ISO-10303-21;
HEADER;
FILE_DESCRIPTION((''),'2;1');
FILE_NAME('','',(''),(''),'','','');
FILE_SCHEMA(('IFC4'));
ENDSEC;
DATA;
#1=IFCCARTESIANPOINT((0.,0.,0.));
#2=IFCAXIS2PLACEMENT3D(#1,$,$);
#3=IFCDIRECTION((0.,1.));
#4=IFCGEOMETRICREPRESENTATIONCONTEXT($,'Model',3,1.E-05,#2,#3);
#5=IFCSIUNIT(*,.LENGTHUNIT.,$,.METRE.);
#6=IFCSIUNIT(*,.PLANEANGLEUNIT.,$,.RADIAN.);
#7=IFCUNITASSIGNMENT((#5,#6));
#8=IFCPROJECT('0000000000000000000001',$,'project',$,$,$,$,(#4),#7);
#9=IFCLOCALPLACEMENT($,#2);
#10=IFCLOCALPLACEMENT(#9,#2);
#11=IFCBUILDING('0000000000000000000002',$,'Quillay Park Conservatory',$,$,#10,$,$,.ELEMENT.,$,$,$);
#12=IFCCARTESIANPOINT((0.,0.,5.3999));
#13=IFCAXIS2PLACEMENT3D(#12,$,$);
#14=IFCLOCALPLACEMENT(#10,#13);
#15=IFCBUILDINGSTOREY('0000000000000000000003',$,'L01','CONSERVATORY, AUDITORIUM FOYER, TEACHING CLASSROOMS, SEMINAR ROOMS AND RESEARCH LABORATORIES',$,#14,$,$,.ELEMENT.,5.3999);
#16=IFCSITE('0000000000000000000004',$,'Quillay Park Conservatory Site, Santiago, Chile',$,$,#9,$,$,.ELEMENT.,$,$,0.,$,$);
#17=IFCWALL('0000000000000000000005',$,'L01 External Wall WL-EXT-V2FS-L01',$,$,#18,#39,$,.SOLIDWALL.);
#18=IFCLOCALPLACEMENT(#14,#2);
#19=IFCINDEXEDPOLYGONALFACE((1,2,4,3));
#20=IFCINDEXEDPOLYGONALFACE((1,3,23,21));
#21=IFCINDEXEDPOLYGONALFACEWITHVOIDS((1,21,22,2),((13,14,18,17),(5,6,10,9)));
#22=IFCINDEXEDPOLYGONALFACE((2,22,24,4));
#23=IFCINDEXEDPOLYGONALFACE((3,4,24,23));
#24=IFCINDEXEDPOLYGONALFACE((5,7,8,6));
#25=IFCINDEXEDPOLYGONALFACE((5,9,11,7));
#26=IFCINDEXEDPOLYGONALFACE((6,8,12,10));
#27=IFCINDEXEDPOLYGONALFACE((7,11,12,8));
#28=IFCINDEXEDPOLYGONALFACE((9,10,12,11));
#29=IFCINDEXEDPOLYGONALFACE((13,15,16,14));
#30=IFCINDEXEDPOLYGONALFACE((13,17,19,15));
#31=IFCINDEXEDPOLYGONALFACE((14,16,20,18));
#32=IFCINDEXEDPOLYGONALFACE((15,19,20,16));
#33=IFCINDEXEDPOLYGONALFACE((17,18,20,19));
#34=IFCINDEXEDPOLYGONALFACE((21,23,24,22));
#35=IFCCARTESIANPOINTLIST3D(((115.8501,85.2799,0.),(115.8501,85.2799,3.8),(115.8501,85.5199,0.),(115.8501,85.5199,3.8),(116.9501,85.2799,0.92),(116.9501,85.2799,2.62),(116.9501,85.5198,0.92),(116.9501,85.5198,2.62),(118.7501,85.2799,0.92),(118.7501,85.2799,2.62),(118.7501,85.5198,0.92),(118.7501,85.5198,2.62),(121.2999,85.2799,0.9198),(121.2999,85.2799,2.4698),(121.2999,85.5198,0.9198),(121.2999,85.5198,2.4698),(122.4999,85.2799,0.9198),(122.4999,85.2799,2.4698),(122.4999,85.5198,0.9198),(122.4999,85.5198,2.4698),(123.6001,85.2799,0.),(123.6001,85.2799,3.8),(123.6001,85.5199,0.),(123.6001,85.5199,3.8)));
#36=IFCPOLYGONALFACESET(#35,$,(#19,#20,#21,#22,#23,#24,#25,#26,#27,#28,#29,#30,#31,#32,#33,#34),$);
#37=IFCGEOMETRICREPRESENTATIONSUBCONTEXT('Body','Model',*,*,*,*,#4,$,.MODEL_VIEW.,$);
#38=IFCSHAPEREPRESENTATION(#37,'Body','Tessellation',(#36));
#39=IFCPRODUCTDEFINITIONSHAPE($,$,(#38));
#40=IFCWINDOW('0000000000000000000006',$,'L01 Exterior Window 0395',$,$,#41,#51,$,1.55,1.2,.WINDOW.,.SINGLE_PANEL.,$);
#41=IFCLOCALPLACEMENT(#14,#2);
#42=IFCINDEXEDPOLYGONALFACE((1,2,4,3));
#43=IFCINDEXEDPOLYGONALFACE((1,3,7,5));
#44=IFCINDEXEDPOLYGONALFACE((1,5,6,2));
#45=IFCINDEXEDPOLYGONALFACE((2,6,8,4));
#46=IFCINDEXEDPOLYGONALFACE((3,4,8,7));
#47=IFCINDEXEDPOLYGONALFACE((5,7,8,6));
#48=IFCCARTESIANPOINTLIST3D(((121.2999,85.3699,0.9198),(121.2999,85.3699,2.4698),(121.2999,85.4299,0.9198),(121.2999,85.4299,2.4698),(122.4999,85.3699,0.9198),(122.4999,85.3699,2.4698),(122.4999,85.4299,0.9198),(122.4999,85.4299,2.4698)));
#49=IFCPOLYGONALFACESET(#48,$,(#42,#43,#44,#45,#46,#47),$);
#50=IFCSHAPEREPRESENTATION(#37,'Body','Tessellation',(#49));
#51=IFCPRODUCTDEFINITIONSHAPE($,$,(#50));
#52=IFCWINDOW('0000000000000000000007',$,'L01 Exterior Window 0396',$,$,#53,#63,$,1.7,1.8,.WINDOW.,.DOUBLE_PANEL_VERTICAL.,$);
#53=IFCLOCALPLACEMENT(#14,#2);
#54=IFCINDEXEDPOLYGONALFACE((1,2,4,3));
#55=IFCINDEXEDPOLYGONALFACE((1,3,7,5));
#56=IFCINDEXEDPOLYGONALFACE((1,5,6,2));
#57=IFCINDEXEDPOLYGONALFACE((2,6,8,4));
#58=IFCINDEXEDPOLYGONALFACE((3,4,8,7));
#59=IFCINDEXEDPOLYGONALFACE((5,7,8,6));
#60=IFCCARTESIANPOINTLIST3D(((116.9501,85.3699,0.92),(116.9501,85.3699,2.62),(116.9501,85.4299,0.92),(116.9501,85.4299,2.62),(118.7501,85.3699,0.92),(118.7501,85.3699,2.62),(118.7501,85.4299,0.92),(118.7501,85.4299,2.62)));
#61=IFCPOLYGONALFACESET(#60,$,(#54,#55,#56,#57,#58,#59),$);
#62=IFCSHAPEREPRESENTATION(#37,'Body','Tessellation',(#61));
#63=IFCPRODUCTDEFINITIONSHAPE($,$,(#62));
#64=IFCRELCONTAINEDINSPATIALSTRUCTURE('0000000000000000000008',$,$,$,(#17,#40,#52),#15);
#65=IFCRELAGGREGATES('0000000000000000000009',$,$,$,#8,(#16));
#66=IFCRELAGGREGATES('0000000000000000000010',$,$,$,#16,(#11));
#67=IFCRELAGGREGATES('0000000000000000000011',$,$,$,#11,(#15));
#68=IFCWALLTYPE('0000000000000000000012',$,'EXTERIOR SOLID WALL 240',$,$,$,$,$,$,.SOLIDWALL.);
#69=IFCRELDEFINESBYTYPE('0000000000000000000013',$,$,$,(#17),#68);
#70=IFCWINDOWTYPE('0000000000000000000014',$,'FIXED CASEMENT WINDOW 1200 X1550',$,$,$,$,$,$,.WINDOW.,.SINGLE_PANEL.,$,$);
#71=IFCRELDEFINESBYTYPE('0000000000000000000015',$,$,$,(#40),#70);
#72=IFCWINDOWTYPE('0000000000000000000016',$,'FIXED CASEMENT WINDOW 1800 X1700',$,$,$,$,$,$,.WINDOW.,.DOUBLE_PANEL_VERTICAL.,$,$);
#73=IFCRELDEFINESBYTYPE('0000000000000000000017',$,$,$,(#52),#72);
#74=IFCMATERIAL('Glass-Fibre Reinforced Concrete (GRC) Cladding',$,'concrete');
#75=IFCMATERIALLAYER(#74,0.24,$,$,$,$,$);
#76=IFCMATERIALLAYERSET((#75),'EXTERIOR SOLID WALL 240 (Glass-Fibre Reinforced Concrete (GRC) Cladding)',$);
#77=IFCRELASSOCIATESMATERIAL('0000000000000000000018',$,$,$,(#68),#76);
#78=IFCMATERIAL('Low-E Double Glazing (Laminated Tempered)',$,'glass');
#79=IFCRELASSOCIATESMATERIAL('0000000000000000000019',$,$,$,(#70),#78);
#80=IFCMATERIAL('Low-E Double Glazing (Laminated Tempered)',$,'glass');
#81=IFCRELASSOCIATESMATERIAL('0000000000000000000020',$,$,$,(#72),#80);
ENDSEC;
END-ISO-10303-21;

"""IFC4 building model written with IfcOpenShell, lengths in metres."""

from ifc_helpers import new_model, si_unit, direction, frame, frame_2d, origin, place, context, subcontext, project, spatial, rectangle, extrude, material, layer, layer_set, type_object, element, fill, save


model = new_model("IFC4")

# Units and contexts
model_context = context("Model", 3, precision=1e-05, world=origin(), true_north=direction((0.0, 1.0)))
body_context = subcontext(model_context, "Body", "Model", "MODEL_VIEW")
ifc_project = project(units=[si_unit("LENGTHUNIT", "METRE"), si_unit("PLANEANGLEUNIT", "RADIAN")], contexts=[model_context])

# Site, building, storey
site_placement = place(None, origin())
site = spatial("IfcSite", under=ifc_project, at=site_placement, Name="Quillay Park Conservatory Site, Santiago, Chile", CompositionType="ELEMENT", RefElevation=0.0)
building_placement = place(site_placement, origin())
building = spatial("IfcBuilding", under=site, at=building_placement, Name="Quillay Park Conservatory", CompositionType="ELEMENT")
storey_placement = place(building_placement, frame((0.0, 0.0, 5.3999)))
storey = spatial("IfcBuildingStorey", under=building, at=storey_placement, Name="L01", Description="CONSERVATORY, AUDITORIUM FOYER, TEACHING CLASSROOMS, SEMINAR ROOMS AND RESEARCH LABORATORIES", CompositionType="ELEMENT", Elevation=5.3999)

# Wall, openings, windows
ifc_material_1 = material(Name="Glass-Fibre Reinforced Concrete (GRC) Cladding", Category="concrete")
ifc_layer_1 = layer(ifc_material_1, 0.24)
ifc_layer_set_1 = layer_set([ifc_layer_1], Name="EXTERIOR SOLID WALL 240 (Glass-Fibre Reinforced Concrete (GRC) Cladding)")
wall_type_1 = type_object("IfcWallType", Name="EXTERIOR SOLID WALL 240", PredefinedType="SOLIDWALL", material=ifc_layer_set_1)
wall_1_placement = place(storey_placement, frame((123.6001, 85.3999, 0.0), z_axis=(0.0, 0.0, 1.0), x_axis=(-1.0, 0.0, 0.0)))
wall_1 = element("IfcWall", 1, at=wall_1_placement, inside=storey, type_object=wall_type_1, Name="L01 External Wall WL-EXT-V2FS-L01", PredefinedType="SOLIDWALL", context=body_context, shape_type="SweptSolid", body=[
    extrude(rectangle(XDim=7.75, YDim=0.24, at=frame_2d((3.875, 0.0))), origin(), (0.0, 0.0, 1.0), 3.8),
])
opening_1_placement = place(wall_1_placement, frame((1.1001, 0.0, 0.9199)))
opening_1 = element("IfcOpeningElement", 2, at=opening_1_placement, cuts=wall_1, PredefinedType="OPENING", context=body_context, shape_type="SweptSolid", body=[
    extrude(rectangle(XDim=1.2, YDim=1.55, at=frame_2d((0.6001, 0.7749))), frame((0.0, 0.1201, 0.0), z_axis=(0.0, -1.0, 0.0), x_axis=(1.0, 0.0, 0.0)), (0.0, 0.0, 1.0), 0.24),
])
opening_2_placement = place(wall_1_placement, frame((4.8501, 0.0, 0.9199)))
opening_2 = element("IfcOpeningElement", 3, at=opening_2_placement, cuts=wall_1, PredefinedType="OPENING", context=body_context, shape_type="SweptSolid", body=[
    extrude(rectangle(XDim=1.8, YDim=1.7, at=frame_2d((0.8999, 0.8501))), frame((0.0, 0.1201, 0.0), z_axis=(0.0, -1.0, 0.0), x_axis=(1.0, 0.0, 0.0)), (0.0, 0.0, 1.0), 0.24),
])
ifc_material_2 = material(Name="Low-E Double Glazing (Laminated Tempered)", Category="glass")
window_type_1 = type_object("IfcWindowType", Name="FIXED CASEMENT WINDOW 1200 X1550", PartitioningType="SINGLE_PANEL", PredefinedType="WINDOW", material=ifc_material_2)
window_1_placement = place(opening_1_placement, origin())
window_1 = element("IfcWindow", 4, at=window_1_placement, inside=storey, type_object=window_type_1, Name="L01 Exterior Window 0395", OverallHeight=1.55, OverallWidth=1.2, PartitioningType="SINGLE_PANEL", PredefinedType="WINDOW", context=body_context, shape_type="SweptSolid", body=[
    extrude(rectangle(XDim=1.2, YDim=1.55, at=frame_2d((0.6001, 0.7749))), frame((0.0, 0.03, 0.0), z_axis=(0.0, -1.0, 0.0), x_axis=(1.0, 0.0, 0.0)), (0.0, 0.0, 1.0), 0.0601),
])
fill(opening_1, window_1)
ifc_material_3 = material(Name="Low-E Double Glazing (Laminated Tempered)", Category="glass")
window_type_2 = type_object("IfcWindowType", Name="FIXED CASEMENT WINDOW 1800 X1700", PartitioningType="DOUBLE_PANEL_VERTICAL", PredefinedType="WINDOW", material=ifc_material_3)
window_2_placement = place(opening_2_placement, origin())
window_2 = element("IfcWindow", 5, at=window_2_placement, inside=storey, type_object=window_type_2, Name="L01 Exterior Window 0396", OverallHeight=1.7, OverallWidth=1.8, PartitioningType="DOUBLE_PANEL_VERTICAL", PredefinedType="WINDOW", context=body_context, shape_type="SweptSolid", body=[
    extrude(rectangle(XDim=1.8, YDim=1.7, at=frame_2d((0.8999, 0.8501))), frame((0.0, 0.03, 0.0), z_axis=(0.0, -1.0, 0.0), x_axis=(1.0, 0.0, 0.0)), (0.0, 0.0, 1.0), 0.0601),
])
fill(opening_2, window_2)

save(model, "model.ifc")
